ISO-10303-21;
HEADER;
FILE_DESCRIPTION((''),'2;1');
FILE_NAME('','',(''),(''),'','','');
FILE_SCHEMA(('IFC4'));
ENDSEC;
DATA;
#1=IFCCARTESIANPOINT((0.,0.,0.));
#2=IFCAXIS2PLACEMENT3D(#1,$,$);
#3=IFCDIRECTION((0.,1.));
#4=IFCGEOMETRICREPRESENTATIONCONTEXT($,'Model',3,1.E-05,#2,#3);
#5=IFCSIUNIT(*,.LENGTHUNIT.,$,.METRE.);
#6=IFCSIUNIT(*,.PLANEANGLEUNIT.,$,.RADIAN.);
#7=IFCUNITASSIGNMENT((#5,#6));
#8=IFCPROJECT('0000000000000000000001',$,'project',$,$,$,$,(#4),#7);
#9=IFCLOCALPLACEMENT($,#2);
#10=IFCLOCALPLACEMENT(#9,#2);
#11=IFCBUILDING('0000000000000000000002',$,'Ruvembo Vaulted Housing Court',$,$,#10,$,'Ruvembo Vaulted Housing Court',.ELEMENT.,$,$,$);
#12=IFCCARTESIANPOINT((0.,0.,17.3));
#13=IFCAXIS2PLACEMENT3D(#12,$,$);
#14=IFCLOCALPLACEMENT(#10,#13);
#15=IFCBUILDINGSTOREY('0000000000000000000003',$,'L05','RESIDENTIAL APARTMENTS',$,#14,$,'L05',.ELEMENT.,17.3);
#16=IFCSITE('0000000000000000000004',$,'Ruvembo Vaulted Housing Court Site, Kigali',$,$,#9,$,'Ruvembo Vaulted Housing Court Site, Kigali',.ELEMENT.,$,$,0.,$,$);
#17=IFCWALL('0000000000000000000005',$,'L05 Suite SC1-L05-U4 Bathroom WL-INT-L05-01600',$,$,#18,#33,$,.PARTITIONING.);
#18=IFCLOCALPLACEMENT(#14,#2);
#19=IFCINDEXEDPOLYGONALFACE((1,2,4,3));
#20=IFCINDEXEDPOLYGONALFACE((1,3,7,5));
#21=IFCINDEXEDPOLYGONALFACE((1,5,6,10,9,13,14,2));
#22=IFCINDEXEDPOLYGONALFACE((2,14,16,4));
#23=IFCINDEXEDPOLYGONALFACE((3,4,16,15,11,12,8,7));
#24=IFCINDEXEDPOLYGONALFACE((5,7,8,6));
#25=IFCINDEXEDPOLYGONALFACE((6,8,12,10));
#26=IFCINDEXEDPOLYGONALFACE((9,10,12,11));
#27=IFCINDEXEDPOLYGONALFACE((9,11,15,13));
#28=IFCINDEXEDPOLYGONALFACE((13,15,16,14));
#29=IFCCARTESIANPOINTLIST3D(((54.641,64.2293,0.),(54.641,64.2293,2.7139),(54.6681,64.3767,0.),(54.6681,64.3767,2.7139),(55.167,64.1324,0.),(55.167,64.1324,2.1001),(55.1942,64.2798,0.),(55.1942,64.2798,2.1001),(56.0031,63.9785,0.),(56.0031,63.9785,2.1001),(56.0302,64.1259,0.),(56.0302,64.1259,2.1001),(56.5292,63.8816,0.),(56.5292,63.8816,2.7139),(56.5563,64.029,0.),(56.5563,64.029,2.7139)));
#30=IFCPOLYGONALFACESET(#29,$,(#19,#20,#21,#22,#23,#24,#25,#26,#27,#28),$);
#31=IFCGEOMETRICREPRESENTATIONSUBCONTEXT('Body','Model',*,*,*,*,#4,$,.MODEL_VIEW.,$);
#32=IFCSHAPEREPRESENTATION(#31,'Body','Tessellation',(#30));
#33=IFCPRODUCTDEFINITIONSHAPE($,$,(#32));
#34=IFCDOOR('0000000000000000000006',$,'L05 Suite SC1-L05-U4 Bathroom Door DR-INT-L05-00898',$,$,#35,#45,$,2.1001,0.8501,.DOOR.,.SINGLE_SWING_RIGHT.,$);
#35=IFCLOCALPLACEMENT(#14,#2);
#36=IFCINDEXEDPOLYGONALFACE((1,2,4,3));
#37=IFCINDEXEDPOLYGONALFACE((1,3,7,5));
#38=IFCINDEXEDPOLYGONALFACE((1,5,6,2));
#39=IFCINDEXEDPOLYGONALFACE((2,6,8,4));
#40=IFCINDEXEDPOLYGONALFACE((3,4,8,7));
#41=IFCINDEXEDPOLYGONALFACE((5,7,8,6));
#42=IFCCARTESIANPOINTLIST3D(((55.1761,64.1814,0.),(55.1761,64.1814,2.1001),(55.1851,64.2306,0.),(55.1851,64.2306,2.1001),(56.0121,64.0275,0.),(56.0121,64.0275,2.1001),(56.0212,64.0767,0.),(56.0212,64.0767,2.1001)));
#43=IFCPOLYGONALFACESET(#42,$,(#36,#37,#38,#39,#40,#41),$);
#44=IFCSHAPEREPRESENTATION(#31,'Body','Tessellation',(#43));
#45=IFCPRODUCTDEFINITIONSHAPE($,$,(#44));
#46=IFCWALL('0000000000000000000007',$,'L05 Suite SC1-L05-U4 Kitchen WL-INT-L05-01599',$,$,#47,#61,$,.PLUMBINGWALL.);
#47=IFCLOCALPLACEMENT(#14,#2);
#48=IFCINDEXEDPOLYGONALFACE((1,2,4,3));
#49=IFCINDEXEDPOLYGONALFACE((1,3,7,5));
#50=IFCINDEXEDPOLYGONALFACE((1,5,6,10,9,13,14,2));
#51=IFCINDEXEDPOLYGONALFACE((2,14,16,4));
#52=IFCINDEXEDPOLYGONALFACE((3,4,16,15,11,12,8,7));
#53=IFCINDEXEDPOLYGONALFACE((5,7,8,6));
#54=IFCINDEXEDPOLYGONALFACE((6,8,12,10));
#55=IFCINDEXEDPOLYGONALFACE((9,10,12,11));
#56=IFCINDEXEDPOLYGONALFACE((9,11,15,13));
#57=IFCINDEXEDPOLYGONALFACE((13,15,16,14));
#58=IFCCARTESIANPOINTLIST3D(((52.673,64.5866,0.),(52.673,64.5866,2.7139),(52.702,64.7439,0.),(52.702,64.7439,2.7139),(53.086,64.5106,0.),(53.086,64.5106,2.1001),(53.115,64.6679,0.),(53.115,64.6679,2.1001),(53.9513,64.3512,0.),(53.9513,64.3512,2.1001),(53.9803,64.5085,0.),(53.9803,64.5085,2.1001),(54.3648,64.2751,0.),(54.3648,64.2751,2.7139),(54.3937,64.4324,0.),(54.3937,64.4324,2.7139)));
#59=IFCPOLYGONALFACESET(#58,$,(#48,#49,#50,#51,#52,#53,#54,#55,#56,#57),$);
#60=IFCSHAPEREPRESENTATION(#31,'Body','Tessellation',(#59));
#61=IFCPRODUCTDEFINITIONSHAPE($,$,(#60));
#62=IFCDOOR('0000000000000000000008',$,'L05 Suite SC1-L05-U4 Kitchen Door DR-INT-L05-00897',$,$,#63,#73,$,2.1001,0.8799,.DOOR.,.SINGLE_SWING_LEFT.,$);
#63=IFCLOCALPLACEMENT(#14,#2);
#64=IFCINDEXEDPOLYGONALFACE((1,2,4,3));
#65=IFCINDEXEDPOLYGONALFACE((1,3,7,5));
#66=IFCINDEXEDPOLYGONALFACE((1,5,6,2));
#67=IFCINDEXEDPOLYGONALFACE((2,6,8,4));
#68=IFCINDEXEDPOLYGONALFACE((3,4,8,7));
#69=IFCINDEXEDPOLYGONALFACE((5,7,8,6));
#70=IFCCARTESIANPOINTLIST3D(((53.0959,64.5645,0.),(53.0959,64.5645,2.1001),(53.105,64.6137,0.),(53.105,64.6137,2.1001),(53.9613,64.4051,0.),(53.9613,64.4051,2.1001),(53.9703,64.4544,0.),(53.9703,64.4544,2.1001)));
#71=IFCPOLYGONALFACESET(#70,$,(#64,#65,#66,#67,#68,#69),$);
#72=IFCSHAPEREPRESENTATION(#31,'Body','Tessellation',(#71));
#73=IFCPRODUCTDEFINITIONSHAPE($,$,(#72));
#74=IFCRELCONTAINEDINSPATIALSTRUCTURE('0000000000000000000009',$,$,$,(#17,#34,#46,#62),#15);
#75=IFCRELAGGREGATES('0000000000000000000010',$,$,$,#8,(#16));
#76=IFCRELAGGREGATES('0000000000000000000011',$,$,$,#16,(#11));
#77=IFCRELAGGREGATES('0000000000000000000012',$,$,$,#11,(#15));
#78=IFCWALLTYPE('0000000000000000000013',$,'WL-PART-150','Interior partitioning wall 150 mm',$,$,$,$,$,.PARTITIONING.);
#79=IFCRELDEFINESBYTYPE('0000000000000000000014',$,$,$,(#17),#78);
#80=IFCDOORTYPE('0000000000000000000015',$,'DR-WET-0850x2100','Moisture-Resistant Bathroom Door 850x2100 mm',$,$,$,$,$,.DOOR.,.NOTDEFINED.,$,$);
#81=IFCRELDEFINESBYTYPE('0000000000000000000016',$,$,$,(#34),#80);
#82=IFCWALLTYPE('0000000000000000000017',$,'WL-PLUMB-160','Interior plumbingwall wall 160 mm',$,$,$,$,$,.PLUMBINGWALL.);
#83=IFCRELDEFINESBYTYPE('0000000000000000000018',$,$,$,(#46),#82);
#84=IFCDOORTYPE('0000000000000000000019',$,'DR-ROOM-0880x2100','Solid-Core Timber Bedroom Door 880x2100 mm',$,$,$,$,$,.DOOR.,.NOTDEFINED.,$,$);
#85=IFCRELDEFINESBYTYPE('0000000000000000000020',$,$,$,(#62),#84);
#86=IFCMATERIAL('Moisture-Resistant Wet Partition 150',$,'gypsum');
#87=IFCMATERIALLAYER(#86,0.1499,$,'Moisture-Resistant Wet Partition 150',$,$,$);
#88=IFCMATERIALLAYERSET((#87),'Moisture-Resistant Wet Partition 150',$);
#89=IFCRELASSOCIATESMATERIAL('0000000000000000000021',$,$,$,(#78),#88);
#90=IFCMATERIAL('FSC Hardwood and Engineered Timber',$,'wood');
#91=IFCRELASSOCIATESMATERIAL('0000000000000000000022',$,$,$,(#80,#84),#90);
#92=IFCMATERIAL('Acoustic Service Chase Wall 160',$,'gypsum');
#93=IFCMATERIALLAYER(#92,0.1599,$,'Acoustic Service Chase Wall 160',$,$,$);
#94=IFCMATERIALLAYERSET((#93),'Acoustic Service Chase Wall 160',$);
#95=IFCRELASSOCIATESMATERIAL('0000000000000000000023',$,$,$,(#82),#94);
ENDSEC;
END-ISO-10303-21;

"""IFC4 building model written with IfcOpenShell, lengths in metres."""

from ifc_helpers import new_model, si_unit, direction, frame, frame_2d, origin, place, context, subcontext, project, spatial, rectangle, extrude, material, layer, layer_set, type_object, element, fill, save


model = new_model("IFC4")

# Units and contexts
model_context = context("Model", 3, precision=1e-05, world=origin(), true_north=direction((0.0, 1.0)))
body_context = subcontext(model_context, "Body", "Model", "MODEL_VIEW")
ifc_project = project(units=[si_unit("LENGTHUNIT", "METRE"), si_unit("PLANEANGLEUNIT", "RADIAN")], contexts=[model_context])

# Site, building, storey
site_placement = place(None, origin())
site = spatial("IfcSite", under=ifc_project, at=site_placement, Name="Ruvembo Vaulted Housing Court Site, Kigali", LongName="Ruvembo Vaulted Housing Court Site, Kigali", CompositionType="ELEMENT", RefElevation=0.0)
building_placement = place(site_placement, origin())
building = spatial("IfcBuilding", under=site, at=building_placement, Name="Ruvembo Vaulted Housing Court", LongName="Ruvembo Vaulted Housing Court", CompositionType="ELEMENT")
storey_placement = place(building_placement, frame((0.0, 0.0, 17.3)))
storey = spatial("IfcBuildingStorey", under=building, at=storey_placement, Name="L05", Description="RESIDENTIAL APARTMENTS", LongName="L05", CompositionType="ELEMENT", Elevation=17.3)

# Shared definitions
ifc_material_1 = material(Name="FSC Hardwood and Engineered Timber", Category="wood")

# Walls, openings, doors
ifc_material_2 = material(Name="Moisture-Resistant Wet Partition 150", Category="gypsum")
ifc_layer_1 = layer(ifc_material_2, 0.1499, Name="Moisture-Resistant Wet Partition 150")
ifc_layer_set_1 = layer_set([ifc_layer_1], Name="Moisture-Resistant Wet Partition 150")
wall_type_1 = type_object("IfcWallType", Name="WL-PART-150", Description="Interior partitioning wall 150 mm", PredefinedType="PARTITIONING", material=ifc_layer_set_1)
wall_1_placement = place(storey_placement, frame((54.6545, 64.303, 0.0), z_axis=(0.0, 0.0, 1.0), x_axis=(0.983469, -0.181078, 0.0)))
wall_1 = element("IfcWall", 1, at=wall_1_placement, inside=storey, type_object=wall_type_1, Name="L05 Suite SC1-L05-U4 Bathroom WL-INT-L05-01600", PredefinedType="PARTITIONING", context=body_context, shape_type="SweptSolid", body=[
    extrude(rectangle(XDim=1.9199, YDim=0.1499, at=frame_2d((0.96, 0.0))), origin(), (0.0, 0.0, 1.0), 2.7139),
])
opening_1_placement = place(wall_1_placement, frame((0.5349, 0.0, 0.0)))
opening_1 = element("IfcOpeningElement", 2, at=opening_1_placement, cuts=wall_1, PredefinedType="OPENING", context=body_context, shape_type="SweptSolid", body=[
    extrude(rectangle(XDim=0.8501, YDim=2.1001, at=frame_2d((0.425, 1.05))), frame((0.0, 0.085, 0.0), z_axis=(0.0, -1.0, 0.0), x_axis=(1.0, 0.0, 0.0)), (0.0, 0.0, 1.0), 0.1699),
])
door_type_1 = type_object("IfcDoorType", Name="DR-WET-0850x2100", Description="Moisture-Resistant Bathroom Door 850x2100 mm", OperationType="NOTDEFINED", PredefinedType="DOOR", material=ifc_material_1)
door_1_placement = place(opening_1_placement, origin())
door_1 = element("IfcDoor", 3, at=door_1_placement, inside=storey, type_object=door_type_1, Name="L05 Suite SC1-L05-U4 Bathroom Door DR-INT-L05-00898", OperationType="SINGLE_SWING_RIGHT", OverallHeight=2.1001, OverallWidth=0.8501, PredefinedType="DOOR", context=body_context, shape_type="SweptSolid", body=[
    extrude(rectangle(XDim=0.8501, YDim=2.1001, at=frame_2d((0.425, 1.05))), frame((0.0, 0.0249, 0.0), z_axis=(0.0, -1.0, 0.0), x_axis=(1.0, 0.0, 0.0)), (0.0, 0.0, 1.0), 0.05),
])
fill(opening_1, door_1)
ifc_material_3 = material(Name="Acoustic Service Chase Wall 160", Category="gypsum")
ifc_layer_2 = layer(ifc_material_3, 0.1599, Name="Acoustic Service Chase Wall 160")
ifc_layer_set_2 = layer_set([ifc_layer_2], Name="Acoustic Service Chase Wall 160")
wall_type_2 = type_object("IfcWallType", Name="WL-PLUMB-160", Description="Interior plumbingwall wall 160 mm", PredefinedType="PLUMBINGWALL", material=ifc_layer_set_2)
wall_2_placement = place(storey_placement, frame((52.6875, 64.6653, 0.0), z_axis=(0.0, 0.0, 1.0), x_axis=(0.983463, -0.181108, 0.0)))
wall_2 = element("IfcWall", 4, at=wall_2_placement, inside=storey, type_object=wall_type_2, Name="L05 Suite SC1-L05-U4 Kitchen WL-INT-L05-01599", PredefinedType="PLUMBINGWALL", context=body_context, shape_type="SweptSolid", body=[
    extrude(rectangle(XDim=1.7202, YDim=0.1599, at=frame_2d((0.8601, 0.0))), origin(), (0.0, 0.0, 1.0), 2.7139),
])
opening_2_placement = place(wall_2_placement, frame((0.4199, 0.0, 0.0)))
opening_2 = element("IfcOpeningElement", 5, at=opening_2_placement, cuts=wall_2, PredefinedType="OPENING", context=body_context, shape_type="SweptSolid", body=[
    extrude(rectangle(XDim=0.8799, YDim=2.1001, at=frame_2d((0.4399, 1.05))), frame((0.0, 0.0898, 0.0), z_axis=(0.0, -1.0, 0.0), x_axis=(1.0, 0.0, 0.0)), (0.0, 0.0, 1.0), 0.1799),
])
door_type_2 = type_object("IfcDoorType", Name="DR-ROOM-0880x2100", Description="Solid-Core Timber Bedroom Door 880x2100 mm", OperationType="NOTDEFINED", PredefinedType="DOOR", material=ifc_material_1)
door_2_placement = place(opening_2_placement, origin())
door_2 = element("IfcDoor", 6, at=door_2_placement, inside=storey, type_object=door_type_2, Name="L05 Suite SC1-L05-U4 Kitchen Door DR-INT-L05-00897", OperationType="SINGLE_SWING_LEFT", OverallHeight=2.1001, OverallWidth=0.8799, PredefinedType="DOOR", context=body_context, shape_type="SweptSolid", body=[
    extrude(rectangle(XDim=0.8799, YDim=2.1001, at=frame_2d((0.4399, 1.05))), frame((0.0, 0.0249, 0.0), z_axis=(0.0, -1.0, 0.0), x_axis=(1.0, 0.0, 0.0)), (0.0, 0.0, 1.0), 0.05),
])
fill(opening_2, door_2)

save(model, "model.ifc")
